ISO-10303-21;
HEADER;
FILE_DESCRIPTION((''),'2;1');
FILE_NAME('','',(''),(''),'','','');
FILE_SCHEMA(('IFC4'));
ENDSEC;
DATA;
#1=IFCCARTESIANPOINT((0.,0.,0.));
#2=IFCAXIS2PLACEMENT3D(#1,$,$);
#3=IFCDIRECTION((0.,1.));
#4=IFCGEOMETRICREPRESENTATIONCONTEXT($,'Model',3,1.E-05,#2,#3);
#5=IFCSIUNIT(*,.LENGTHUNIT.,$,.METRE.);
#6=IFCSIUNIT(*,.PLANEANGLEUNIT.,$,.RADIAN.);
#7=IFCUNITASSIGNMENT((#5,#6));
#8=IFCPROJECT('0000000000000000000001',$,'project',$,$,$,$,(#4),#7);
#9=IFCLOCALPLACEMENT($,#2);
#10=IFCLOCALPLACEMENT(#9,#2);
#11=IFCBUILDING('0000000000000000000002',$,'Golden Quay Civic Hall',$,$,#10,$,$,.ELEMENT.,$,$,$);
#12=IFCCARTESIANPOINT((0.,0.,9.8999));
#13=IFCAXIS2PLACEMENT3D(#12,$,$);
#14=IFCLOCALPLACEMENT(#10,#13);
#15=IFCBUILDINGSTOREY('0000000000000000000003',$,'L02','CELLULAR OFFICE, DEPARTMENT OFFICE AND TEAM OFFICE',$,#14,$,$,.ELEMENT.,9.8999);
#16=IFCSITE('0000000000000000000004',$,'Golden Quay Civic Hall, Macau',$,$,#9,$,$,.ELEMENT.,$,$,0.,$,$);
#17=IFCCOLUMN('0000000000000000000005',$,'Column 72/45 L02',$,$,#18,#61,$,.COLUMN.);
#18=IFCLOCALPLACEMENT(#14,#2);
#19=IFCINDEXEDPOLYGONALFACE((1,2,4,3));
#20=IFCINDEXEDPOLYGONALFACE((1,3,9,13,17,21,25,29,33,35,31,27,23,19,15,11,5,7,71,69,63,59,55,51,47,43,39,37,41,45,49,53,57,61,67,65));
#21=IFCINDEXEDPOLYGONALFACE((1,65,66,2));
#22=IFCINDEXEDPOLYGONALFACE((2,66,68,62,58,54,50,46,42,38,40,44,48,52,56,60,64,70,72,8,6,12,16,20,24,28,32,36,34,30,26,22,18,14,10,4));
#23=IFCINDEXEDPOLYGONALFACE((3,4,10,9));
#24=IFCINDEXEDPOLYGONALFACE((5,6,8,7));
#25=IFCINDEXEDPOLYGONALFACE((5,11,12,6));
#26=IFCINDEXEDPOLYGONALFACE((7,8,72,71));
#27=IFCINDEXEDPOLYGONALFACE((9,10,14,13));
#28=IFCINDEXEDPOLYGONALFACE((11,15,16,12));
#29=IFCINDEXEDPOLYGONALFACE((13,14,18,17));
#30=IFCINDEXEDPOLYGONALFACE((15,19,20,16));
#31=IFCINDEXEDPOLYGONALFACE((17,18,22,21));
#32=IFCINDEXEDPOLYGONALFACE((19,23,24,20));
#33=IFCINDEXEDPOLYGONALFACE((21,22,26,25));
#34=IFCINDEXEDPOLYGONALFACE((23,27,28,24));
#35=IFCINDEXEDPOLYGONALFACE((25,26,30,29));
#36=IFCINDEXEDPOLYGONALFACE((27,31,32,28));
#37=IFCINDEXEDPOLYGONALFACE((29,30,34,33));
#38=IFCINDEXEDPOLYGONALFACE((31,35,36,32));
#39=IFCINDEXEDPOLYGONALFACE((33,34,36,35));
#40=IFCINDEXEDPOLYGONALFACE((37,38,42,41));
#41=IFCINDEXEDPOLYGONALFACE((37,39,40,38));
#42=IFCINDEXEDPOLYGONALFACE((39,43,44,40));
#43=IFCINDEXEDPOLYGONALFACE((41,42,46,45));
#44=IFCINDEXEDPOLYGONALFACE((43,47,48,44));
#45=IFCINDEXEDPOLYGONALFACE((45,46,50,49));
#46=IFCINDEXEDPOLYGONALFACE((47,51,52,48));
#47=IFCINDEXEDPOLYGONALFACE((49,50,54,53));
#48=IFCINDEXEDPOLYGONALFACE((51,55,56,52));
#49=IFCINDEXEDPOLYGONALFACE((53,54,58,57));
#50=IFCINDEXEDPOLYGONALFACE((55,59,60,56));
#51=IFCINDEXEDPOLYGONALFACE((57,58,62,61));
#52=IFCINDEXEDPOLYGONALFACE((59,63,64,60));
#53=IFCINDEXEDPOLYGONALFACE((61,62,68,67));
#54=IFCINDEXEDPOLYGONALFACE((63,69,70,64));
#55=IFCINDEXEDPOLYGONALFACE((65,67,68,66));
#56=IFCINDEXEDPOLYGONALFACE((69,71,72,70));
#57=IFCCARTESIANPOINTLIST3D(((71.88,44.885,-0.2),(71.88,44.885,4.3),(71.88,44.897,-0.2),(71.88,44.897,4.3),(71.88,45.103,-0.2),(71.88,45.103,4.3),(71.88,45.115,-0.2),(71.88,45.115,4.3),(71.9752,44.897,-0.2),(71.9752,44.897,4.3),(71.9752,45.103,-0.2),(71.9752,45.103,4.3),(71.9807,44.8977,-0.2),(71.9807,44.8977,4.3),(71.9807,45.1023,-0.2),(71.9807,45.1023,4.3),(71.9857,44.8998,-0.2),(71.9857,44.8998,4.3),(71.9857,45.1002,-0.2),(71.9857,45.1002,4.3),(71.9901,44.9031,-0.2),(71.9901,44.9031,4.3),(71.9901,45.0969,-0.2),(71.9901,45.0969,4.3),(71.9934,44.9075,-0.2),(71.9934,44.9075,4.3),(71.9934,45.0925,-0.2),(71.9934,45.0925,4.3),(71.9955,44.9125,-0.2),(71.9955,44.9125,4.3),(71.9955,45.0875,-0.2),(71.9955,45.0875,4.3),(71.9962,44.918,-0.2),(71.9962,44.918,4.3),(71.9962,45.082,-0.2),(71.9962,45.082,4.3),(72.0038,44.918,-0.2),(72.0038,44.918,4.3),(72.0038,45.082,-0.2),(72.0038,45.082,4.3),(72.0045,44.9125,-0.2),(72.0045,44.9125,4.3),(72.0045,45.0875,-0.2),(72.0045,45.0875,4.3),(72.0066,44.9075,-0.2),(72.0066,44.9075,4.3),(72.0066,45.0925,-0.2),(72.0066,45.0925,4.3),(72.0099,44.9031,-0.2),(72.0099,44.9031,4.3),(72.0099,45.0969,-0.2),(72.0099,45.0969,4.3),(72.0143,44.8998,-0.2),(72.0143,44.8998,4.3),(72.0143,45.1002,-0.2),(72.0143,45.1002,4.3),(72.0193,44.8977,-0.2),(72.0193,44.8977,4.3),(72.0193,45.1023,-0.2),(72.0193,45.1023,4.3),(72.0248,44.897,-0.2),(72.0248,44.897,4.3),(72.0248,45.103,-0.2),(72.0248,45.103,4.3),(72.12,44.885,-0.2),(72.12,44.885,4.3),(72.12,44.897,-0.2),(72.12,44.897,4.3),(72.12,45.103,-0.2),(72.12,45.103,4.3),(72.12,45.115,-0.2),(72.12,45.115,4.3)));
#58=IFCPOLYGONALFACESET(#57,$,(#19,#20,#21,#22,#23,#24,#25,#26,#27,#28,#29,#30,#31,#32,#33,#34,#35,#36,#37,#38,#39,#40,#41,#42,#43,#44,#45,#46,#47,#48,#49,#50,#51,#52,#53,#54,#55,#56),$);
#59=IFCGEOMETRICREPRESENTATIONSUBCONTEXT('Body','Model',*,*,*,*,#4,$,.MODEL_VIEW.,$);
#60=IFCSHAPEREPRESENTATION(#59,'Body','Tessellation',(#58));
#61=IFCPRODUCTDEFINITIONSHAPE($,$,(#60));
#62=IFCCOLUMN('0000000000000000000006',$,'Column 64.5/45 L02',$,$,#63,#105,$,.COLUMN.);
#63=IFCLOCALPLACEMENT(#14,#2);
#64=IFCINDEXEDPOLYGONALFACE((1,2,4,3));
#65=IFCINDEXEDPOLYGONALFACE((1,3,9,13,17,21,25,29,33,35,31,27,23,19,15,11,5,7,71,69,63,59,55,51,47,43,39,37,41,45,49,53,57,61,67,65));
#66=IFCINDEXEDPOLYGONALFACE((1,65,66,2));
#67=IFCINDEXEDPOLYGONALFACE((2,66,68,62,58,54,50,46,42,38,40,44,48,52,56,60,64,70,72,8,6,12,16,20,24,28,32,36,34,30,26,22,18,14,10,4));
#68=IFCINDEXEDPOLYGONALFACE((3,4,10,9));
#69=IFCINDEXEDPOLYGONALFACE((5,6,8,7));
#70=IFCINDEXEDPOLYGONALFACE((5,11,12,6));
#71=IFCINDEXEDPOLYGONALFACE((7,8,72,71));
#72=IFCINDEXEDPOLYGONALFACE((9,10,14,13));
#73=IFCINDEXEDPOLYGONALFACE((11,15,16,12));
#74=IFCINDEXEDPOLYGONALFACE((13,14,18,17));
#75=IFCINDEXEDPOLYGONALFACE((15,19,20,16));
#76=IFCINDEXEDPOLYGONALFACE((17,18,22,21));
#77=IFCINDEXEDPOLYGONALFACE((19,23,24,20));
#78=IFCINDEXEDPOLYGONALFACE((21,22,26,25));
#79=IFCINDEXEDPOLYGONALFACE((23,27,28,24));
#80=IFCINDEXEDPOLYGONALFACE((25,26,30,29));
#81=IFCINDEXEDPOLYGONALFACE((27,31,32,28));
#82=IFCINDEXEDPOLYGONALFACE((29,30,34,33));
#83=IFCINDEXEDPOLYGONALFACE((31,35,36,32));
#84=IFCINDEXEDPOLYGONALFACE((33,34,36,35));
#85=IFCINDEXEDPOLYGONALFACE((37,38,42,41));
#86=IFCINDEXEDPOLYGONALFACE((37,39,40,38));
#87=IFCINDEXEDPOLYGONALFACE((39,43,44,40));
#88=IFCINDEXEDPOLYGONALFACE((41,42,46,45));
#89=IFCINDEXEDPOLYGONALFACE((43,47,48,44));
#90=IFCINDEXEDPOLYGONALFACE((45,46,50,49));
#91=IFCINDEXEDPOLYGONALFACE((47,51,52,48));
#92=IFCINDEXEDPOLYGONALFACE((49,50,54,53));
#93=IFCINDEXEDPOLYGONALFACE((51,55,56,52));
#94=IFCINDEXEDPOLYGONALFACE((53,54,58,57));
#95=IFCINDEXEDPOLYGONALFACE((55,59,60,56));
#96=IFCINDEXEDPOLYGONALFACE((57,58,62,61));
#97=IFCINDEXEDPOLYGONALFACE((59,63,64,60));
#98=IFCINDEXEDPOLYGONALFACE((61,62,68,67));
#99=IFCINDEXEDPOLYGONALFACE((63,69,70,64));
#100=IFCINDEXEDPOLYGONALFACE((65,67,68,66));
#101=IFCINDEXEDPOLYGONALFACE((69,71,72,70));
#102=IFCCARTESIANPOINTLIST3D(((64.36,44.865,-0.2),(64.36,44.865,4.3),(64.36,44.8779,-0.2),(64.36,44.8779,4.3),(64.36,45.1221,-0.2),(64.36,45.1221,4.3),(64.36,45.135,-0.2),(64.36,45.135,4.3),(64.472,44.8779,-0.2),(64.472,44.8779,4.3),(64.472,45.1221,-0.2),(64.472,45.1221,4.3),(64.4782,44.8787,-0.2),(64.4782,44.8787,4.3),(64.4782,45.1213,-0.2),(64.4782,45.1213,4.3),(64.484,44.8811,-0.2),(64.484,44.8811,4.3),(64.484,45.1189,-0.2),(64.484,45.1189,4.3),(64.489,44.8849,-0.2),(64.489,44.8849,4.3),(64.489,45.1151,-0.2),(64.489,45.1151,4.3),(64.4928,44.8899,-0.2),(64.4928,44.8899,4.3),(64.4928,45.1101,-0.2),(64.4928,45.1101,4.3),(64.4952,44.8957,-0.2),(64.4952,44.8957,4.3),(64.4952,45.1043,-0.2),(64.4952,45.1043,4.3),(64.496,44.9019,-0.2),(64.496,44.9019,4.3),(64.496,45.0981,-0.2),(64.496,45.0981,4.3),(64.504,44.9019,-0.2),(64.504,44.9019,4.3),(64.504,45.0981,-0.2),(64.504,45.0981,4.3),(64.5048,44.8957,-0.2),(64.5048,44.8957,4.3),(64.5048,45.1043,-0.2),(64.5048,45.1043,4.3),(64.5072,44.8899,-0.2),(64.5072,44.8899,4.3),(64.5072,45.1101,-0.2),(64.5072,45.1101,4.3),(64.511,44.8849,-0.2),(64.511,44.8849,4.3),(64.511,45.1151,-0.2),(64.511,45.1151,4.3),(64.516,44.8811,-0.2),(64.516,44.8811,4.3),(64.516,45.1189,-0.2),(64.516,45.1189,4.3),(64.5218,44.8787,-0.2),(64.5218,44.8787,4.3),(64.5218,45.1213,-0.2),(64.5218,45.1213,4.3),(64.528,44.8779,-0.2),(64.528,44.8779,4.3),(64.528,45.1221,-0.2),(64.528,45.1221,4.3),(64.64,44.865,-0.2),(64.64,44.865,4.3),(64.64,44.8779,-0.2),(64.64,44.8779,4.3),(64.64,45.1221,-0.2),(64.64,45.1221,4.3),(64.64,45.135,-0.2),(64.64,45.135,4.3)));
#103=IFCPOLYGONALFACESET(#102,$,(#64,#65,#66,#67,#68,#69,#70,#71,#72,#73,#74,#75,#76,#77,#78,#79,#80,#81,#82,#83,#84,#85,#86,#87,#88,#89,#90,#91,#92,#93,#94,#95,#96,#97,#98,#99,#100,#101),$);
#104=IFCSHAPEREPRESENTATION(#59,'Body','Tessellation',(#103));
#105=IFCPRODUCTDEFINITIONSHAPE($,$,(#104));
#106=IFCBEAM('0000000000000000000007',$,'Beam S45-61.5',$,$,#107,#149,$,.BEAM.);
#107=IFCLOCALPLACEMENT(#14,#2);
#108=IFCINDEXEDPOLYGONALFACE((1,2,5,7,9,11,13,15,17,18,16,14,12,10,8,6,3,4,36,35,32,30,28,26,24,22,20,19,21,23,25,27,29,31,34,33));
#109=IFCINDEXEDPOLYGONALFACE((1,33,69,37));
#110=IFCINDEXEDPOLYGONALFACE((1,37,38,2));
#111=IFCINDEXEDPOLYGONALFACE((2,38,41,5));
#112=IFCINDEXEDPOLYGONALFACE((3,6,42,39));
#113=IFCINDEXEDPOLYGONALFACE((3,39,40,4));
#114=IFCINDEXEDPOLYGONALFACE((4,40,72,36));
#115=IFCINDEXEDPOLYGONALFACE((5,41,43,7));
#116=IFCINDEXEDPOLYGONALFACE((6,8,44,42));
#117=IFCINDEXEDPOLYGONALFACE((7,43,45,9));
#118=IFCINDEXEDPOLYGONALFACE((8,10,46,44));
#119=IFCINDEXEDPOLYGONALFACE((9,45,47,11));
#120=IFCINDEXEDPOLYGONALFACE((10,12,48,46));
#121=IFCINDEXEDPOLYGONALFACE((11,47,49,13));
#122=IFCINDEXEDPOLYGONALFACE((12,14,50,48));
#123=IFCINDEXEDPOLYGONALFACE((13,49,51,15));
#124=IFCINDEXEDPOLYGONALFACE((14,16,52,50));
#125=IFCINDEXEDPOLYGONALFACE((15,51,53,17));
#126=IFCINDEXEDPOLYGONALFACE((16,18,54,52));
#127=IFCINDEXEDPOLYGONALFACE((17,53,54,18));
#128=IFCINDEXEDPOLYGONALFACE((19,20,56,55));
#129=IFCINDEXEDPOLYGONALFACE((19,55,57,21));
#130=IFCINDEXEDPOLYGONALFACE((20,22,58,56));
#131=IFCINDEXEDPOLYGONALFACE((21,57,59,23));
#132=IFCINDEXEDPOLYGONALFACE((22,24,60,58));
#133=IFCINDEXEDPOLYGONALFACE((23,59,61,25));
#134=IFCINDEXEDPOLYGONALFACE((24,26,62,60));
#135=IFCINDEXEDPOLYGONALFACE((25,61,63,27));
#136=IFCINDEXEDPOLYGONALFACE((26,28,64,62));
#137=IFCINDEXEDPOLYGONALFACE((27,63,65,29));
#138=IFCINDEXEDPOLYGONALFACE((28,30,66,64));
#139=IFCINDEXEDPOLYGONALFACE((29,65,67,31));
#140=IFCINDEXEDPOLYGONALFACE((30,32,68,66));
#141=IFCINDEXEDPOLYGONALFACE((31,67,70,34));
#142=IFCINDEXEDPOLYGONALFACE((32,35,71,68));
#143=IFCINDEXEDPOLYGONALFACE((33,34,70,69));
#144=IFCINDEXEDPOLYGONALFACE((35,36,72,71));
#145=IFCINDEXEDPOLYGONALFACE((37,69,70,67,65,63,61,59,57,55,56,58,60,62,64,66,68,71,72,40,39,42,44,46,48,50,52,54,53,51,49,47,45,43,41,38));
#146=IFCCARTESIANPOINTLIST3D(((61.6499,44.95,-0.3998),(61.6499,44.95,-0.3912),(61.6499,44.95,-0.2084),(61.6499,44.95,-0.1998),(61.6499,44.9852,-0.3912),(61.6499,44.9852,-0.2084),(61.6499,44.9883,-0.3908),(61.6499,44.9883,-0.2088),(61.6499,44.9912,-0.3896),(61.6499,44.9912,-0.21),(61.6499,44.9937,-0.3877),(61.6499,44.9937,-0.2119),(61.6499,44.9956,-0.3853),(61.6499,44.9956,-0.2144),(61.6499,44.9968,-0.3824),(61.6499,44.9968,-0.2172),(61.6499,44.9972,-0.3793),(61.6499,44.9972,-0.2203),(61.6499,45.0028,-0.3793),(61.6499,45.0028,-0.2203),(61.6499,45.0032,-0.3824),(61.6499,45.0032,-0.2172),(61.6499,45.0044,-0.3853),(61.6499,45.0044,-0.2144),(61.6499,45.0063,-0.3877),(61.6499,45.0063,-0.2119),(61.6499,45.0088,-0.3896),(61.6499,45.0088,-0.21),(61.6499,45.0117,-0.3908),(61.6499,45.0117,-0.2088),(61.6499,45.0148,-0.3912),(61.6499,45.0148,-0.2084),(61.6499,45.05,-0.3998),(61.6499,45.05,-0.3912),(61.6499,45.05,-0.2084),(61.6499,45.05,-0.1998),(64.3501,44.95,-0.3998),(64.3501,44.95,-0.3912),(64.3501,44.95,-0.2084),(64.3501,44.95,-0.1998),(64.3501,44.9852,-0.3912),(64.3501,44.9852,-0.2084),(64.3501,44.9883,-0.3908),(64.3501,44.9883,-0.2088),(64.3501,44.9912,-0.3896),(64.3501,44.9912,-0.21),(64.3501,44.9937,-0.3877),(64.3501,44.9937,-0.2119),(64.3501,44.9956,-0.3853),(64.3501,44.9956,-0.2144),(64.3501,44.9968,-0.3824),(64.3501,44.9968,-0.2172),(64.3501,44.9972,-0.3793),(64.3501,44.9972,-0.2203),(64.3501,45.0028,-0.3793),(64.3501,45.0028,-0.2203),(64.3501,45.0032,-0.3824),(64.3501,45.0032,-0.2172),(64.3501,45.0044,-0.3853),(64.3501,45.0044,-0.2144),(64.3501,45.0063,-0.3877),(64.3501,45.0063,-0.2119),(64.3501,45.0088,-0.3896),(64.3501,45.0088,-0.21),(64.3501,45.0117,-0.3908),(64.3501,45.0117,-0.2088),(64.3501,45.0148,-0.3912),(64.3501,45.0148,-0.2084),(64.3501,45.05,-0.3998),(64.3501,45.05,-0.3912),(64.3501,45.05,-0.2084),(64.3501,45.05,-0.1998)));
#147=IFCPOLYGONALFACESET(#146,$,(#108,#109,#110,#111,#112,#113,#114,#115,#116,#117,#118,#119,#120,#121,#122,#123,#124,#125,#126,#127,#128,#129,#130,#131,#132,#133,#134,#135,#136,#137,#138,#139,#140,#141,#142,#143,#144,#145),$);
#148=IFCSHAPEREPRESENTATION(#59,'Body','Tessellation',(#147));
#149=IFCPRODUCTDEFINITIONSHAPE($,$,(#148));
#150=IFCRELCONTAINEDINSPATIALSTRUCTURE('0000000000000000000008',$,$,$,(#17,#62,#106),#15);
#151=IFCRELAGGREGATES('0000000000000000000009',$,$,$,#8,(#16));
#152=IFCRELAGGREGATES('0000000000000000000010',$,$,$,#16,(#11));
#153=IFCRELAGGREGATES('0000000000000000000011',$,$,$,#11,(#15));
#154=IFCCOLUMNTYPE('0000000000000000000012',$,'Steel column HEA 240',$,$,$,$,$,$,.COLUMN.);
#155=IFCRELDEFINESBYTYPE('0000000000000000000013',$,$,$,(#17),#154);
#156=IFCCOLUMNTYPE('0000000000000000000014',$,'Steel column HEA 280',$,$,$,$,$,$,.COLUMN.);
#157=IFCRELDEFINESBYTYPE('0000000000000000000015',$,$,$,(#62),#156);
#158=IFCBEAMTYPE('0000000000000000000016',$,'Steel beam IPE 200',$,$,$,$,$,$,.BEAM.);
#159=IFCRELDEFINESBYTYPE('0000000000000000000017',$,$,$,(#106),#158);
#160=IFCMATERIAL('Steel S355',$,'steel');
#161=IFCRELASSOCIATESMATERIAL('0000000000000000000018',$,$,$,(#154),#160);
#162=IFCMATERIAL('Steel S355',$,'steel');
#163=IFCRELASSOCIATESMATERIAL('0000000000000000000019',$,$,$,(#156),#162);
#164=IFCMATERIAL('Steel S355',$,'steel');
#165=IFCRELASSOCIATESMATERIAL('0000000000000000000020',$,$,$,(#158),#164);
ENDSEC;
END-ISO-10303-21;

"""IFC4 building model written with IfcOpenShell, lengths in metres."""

from ifc_helpers import new_model, si_unit, direction, frame, origin, origin_2d, place, context, subcontext, project, spatial, i_section, extrude, material, material_profile, profile_set, type_object, element, save


model = new_model("IFC4")

# Units and contexts
model_context = context("Model", 3, precision=1e-05, world=origin(), true_north=direction((0.0, 1.0)))
body_context = subcontext(model_context, "Body", "Model", "MODEL_VIEW")
ifc_project = project(units=[si_unit("LENGTHUNIT", "METRE"), si_unit("PLANEANGLEUNIT", "RADIAN")], contexts=[model_context])

# Site, building, storey
site_placement = place(None, origin())
site = spatial("IfcSite", under=ifc_project, at=site_placement, Name="Golden Quay Civic Hall, Macau", CompositionType="ELEMENT", RefElevation=0.0)
building_placement = place(site_placement, origin())
building = spatial("IfcBuilding", under=site, at=building_placement, Name="Golden Quay Civic Hall", CompositionType="ELEMENT")
storey_placement = place(building_placement, frame((0.0, 0.0, 9.8999)))
storey = spatial("IfcBuildingStorey", under=building, at=storey_placement, Name="L02", Description="CELLULAR OFFICE, DEPARTMENT OFFICE AND TEAM OFFICE", CompositionType="ELEMENT", Elevation=9.8999)

# Columns
ifc_material_1 = material(Name="Steel S355", Category="steel")
ifc_material_profile_1 = material_profile(ifc_material_1, i_section(OverallWidth=0.24, OverallDepth=0.23, WebThickness=0.0076, FlangeThickness=0.012, FilletRadius=0.021, at=origin_2d()), Name="HEA 240")
ifc_profile_set_1 = profile_set([ifc_material_profile_1], Name="Steel S355")
column_type_1 = type_object("IfcColumnType", Name="Steel column HEA 240", PredefinedType="COLUMN", material=ifc_profile_set_1)
column_1_placement = place(storey_placement, frame((72.0, 45.0, -0.2), z_axis=(0.0, 0.0, 1.0), x_axis=(1.0, 0.0, 0.0)))
element("IfcColumn", 1, at=column_1_placement, inside=storey, type_object=column_type_1, Name="Column 72/45 L02", PredefinedType="COLUMN", context=body_context, shape_type="SweptSolid", body=[
    extrude(i_section(OverallWidth=0.24, OverallDepth=0.23, WebThickness=0.0076, FlangeThickness=0.012, FilletRadius=0.021, at=origin_2d()), origin(), (0.0, 0.0, 1.0), 4.5),
])
ifc_material_2 = material(Name="Steel S355", Category="steel")
ifc_material_profile_2 = material_profile(ifc_material_2, i_section(OverallWidth=0.28, OverallDepth=0.27, WebThickness=0.0081, FlangeThickness=0.0129, FilletRadius=0.0239, at=origin_2d()), Name="HEA 280")
ifc_profile_set_2 = profile_set([ifc_material_profile_2], Name="Steel S355")
column_type_2 = type_object("IfcColumnType", Name="Steel column HEA 280", PredefinedType="COLUMN", material=ifc_profile_set_2)
column_2_placement = place(storey_placement, frame((64.5, 45.0, -0.2), z_axis=(0.0, 0.0, 1.0), x_axis=(1.0, 0.0, 0.0)))
element("IfcColumn", 2, at=column_2_placement, inside=storey, type_object=column_type_2, Name="Column 64.5/45 L02", PredefinedType="COLUMN", context=body_context, shape_type="SweptSolid", body=[
    extrude(i_section(OverallWidth=0.28, OverallDepth=0.27, WebThickness=0.0081, FlangeThickness=0.0129, FilletRadius=0.0239, at=origin_2d()), origin(), (0.0, 0.0, 1.0), 4.5),
])

# Beam
ifc_material_3 = material(Name="Steel S355", Category="steel")
ifc_material_profile_3 = material_profile(ifc_material_3, i_section(OverallWidth=0.1001, OverallDepth=0.2, WebThickness=0.0056, FlangeThickness=0.0085, FilletRadius=0.012, at=origin_2d()), Name="IPE 200")
ifc_profile_set_3 = profile_set([ifc_material_profile_3], Name="Steel S355")
beam_type_1 = type_object("IfcBeamType", Name="Steel beam IPE 200", PredefinedType="BEAM", material=ifc_profile_set_3)
beam_1_placement = place(storey_placement, frame((61.6499, 45.0, -0.2998), z_axis=(1.0, 0.0, 0.0), x_axis=(0.0, 1.0, 0.0)))
element("IfcBeam", 3, at=beam_1_placement, inside=storey, type_object=beam_type_1, Name="Beam S45-61.5", PredefinedType="BEAM", context=body_context, shape_type="SweptSolid", body=[
    extrude(i_section(OverallWidth=0.1001, OverallDepth=0.2, WebThickness=0.0056, FlangeThickness=0.0085, FilletRadius=0.012, at=origin_2d()), origin(), (0.0, 0.0, 1.0), 2.7002),
])

save(model, "model.ifc")
